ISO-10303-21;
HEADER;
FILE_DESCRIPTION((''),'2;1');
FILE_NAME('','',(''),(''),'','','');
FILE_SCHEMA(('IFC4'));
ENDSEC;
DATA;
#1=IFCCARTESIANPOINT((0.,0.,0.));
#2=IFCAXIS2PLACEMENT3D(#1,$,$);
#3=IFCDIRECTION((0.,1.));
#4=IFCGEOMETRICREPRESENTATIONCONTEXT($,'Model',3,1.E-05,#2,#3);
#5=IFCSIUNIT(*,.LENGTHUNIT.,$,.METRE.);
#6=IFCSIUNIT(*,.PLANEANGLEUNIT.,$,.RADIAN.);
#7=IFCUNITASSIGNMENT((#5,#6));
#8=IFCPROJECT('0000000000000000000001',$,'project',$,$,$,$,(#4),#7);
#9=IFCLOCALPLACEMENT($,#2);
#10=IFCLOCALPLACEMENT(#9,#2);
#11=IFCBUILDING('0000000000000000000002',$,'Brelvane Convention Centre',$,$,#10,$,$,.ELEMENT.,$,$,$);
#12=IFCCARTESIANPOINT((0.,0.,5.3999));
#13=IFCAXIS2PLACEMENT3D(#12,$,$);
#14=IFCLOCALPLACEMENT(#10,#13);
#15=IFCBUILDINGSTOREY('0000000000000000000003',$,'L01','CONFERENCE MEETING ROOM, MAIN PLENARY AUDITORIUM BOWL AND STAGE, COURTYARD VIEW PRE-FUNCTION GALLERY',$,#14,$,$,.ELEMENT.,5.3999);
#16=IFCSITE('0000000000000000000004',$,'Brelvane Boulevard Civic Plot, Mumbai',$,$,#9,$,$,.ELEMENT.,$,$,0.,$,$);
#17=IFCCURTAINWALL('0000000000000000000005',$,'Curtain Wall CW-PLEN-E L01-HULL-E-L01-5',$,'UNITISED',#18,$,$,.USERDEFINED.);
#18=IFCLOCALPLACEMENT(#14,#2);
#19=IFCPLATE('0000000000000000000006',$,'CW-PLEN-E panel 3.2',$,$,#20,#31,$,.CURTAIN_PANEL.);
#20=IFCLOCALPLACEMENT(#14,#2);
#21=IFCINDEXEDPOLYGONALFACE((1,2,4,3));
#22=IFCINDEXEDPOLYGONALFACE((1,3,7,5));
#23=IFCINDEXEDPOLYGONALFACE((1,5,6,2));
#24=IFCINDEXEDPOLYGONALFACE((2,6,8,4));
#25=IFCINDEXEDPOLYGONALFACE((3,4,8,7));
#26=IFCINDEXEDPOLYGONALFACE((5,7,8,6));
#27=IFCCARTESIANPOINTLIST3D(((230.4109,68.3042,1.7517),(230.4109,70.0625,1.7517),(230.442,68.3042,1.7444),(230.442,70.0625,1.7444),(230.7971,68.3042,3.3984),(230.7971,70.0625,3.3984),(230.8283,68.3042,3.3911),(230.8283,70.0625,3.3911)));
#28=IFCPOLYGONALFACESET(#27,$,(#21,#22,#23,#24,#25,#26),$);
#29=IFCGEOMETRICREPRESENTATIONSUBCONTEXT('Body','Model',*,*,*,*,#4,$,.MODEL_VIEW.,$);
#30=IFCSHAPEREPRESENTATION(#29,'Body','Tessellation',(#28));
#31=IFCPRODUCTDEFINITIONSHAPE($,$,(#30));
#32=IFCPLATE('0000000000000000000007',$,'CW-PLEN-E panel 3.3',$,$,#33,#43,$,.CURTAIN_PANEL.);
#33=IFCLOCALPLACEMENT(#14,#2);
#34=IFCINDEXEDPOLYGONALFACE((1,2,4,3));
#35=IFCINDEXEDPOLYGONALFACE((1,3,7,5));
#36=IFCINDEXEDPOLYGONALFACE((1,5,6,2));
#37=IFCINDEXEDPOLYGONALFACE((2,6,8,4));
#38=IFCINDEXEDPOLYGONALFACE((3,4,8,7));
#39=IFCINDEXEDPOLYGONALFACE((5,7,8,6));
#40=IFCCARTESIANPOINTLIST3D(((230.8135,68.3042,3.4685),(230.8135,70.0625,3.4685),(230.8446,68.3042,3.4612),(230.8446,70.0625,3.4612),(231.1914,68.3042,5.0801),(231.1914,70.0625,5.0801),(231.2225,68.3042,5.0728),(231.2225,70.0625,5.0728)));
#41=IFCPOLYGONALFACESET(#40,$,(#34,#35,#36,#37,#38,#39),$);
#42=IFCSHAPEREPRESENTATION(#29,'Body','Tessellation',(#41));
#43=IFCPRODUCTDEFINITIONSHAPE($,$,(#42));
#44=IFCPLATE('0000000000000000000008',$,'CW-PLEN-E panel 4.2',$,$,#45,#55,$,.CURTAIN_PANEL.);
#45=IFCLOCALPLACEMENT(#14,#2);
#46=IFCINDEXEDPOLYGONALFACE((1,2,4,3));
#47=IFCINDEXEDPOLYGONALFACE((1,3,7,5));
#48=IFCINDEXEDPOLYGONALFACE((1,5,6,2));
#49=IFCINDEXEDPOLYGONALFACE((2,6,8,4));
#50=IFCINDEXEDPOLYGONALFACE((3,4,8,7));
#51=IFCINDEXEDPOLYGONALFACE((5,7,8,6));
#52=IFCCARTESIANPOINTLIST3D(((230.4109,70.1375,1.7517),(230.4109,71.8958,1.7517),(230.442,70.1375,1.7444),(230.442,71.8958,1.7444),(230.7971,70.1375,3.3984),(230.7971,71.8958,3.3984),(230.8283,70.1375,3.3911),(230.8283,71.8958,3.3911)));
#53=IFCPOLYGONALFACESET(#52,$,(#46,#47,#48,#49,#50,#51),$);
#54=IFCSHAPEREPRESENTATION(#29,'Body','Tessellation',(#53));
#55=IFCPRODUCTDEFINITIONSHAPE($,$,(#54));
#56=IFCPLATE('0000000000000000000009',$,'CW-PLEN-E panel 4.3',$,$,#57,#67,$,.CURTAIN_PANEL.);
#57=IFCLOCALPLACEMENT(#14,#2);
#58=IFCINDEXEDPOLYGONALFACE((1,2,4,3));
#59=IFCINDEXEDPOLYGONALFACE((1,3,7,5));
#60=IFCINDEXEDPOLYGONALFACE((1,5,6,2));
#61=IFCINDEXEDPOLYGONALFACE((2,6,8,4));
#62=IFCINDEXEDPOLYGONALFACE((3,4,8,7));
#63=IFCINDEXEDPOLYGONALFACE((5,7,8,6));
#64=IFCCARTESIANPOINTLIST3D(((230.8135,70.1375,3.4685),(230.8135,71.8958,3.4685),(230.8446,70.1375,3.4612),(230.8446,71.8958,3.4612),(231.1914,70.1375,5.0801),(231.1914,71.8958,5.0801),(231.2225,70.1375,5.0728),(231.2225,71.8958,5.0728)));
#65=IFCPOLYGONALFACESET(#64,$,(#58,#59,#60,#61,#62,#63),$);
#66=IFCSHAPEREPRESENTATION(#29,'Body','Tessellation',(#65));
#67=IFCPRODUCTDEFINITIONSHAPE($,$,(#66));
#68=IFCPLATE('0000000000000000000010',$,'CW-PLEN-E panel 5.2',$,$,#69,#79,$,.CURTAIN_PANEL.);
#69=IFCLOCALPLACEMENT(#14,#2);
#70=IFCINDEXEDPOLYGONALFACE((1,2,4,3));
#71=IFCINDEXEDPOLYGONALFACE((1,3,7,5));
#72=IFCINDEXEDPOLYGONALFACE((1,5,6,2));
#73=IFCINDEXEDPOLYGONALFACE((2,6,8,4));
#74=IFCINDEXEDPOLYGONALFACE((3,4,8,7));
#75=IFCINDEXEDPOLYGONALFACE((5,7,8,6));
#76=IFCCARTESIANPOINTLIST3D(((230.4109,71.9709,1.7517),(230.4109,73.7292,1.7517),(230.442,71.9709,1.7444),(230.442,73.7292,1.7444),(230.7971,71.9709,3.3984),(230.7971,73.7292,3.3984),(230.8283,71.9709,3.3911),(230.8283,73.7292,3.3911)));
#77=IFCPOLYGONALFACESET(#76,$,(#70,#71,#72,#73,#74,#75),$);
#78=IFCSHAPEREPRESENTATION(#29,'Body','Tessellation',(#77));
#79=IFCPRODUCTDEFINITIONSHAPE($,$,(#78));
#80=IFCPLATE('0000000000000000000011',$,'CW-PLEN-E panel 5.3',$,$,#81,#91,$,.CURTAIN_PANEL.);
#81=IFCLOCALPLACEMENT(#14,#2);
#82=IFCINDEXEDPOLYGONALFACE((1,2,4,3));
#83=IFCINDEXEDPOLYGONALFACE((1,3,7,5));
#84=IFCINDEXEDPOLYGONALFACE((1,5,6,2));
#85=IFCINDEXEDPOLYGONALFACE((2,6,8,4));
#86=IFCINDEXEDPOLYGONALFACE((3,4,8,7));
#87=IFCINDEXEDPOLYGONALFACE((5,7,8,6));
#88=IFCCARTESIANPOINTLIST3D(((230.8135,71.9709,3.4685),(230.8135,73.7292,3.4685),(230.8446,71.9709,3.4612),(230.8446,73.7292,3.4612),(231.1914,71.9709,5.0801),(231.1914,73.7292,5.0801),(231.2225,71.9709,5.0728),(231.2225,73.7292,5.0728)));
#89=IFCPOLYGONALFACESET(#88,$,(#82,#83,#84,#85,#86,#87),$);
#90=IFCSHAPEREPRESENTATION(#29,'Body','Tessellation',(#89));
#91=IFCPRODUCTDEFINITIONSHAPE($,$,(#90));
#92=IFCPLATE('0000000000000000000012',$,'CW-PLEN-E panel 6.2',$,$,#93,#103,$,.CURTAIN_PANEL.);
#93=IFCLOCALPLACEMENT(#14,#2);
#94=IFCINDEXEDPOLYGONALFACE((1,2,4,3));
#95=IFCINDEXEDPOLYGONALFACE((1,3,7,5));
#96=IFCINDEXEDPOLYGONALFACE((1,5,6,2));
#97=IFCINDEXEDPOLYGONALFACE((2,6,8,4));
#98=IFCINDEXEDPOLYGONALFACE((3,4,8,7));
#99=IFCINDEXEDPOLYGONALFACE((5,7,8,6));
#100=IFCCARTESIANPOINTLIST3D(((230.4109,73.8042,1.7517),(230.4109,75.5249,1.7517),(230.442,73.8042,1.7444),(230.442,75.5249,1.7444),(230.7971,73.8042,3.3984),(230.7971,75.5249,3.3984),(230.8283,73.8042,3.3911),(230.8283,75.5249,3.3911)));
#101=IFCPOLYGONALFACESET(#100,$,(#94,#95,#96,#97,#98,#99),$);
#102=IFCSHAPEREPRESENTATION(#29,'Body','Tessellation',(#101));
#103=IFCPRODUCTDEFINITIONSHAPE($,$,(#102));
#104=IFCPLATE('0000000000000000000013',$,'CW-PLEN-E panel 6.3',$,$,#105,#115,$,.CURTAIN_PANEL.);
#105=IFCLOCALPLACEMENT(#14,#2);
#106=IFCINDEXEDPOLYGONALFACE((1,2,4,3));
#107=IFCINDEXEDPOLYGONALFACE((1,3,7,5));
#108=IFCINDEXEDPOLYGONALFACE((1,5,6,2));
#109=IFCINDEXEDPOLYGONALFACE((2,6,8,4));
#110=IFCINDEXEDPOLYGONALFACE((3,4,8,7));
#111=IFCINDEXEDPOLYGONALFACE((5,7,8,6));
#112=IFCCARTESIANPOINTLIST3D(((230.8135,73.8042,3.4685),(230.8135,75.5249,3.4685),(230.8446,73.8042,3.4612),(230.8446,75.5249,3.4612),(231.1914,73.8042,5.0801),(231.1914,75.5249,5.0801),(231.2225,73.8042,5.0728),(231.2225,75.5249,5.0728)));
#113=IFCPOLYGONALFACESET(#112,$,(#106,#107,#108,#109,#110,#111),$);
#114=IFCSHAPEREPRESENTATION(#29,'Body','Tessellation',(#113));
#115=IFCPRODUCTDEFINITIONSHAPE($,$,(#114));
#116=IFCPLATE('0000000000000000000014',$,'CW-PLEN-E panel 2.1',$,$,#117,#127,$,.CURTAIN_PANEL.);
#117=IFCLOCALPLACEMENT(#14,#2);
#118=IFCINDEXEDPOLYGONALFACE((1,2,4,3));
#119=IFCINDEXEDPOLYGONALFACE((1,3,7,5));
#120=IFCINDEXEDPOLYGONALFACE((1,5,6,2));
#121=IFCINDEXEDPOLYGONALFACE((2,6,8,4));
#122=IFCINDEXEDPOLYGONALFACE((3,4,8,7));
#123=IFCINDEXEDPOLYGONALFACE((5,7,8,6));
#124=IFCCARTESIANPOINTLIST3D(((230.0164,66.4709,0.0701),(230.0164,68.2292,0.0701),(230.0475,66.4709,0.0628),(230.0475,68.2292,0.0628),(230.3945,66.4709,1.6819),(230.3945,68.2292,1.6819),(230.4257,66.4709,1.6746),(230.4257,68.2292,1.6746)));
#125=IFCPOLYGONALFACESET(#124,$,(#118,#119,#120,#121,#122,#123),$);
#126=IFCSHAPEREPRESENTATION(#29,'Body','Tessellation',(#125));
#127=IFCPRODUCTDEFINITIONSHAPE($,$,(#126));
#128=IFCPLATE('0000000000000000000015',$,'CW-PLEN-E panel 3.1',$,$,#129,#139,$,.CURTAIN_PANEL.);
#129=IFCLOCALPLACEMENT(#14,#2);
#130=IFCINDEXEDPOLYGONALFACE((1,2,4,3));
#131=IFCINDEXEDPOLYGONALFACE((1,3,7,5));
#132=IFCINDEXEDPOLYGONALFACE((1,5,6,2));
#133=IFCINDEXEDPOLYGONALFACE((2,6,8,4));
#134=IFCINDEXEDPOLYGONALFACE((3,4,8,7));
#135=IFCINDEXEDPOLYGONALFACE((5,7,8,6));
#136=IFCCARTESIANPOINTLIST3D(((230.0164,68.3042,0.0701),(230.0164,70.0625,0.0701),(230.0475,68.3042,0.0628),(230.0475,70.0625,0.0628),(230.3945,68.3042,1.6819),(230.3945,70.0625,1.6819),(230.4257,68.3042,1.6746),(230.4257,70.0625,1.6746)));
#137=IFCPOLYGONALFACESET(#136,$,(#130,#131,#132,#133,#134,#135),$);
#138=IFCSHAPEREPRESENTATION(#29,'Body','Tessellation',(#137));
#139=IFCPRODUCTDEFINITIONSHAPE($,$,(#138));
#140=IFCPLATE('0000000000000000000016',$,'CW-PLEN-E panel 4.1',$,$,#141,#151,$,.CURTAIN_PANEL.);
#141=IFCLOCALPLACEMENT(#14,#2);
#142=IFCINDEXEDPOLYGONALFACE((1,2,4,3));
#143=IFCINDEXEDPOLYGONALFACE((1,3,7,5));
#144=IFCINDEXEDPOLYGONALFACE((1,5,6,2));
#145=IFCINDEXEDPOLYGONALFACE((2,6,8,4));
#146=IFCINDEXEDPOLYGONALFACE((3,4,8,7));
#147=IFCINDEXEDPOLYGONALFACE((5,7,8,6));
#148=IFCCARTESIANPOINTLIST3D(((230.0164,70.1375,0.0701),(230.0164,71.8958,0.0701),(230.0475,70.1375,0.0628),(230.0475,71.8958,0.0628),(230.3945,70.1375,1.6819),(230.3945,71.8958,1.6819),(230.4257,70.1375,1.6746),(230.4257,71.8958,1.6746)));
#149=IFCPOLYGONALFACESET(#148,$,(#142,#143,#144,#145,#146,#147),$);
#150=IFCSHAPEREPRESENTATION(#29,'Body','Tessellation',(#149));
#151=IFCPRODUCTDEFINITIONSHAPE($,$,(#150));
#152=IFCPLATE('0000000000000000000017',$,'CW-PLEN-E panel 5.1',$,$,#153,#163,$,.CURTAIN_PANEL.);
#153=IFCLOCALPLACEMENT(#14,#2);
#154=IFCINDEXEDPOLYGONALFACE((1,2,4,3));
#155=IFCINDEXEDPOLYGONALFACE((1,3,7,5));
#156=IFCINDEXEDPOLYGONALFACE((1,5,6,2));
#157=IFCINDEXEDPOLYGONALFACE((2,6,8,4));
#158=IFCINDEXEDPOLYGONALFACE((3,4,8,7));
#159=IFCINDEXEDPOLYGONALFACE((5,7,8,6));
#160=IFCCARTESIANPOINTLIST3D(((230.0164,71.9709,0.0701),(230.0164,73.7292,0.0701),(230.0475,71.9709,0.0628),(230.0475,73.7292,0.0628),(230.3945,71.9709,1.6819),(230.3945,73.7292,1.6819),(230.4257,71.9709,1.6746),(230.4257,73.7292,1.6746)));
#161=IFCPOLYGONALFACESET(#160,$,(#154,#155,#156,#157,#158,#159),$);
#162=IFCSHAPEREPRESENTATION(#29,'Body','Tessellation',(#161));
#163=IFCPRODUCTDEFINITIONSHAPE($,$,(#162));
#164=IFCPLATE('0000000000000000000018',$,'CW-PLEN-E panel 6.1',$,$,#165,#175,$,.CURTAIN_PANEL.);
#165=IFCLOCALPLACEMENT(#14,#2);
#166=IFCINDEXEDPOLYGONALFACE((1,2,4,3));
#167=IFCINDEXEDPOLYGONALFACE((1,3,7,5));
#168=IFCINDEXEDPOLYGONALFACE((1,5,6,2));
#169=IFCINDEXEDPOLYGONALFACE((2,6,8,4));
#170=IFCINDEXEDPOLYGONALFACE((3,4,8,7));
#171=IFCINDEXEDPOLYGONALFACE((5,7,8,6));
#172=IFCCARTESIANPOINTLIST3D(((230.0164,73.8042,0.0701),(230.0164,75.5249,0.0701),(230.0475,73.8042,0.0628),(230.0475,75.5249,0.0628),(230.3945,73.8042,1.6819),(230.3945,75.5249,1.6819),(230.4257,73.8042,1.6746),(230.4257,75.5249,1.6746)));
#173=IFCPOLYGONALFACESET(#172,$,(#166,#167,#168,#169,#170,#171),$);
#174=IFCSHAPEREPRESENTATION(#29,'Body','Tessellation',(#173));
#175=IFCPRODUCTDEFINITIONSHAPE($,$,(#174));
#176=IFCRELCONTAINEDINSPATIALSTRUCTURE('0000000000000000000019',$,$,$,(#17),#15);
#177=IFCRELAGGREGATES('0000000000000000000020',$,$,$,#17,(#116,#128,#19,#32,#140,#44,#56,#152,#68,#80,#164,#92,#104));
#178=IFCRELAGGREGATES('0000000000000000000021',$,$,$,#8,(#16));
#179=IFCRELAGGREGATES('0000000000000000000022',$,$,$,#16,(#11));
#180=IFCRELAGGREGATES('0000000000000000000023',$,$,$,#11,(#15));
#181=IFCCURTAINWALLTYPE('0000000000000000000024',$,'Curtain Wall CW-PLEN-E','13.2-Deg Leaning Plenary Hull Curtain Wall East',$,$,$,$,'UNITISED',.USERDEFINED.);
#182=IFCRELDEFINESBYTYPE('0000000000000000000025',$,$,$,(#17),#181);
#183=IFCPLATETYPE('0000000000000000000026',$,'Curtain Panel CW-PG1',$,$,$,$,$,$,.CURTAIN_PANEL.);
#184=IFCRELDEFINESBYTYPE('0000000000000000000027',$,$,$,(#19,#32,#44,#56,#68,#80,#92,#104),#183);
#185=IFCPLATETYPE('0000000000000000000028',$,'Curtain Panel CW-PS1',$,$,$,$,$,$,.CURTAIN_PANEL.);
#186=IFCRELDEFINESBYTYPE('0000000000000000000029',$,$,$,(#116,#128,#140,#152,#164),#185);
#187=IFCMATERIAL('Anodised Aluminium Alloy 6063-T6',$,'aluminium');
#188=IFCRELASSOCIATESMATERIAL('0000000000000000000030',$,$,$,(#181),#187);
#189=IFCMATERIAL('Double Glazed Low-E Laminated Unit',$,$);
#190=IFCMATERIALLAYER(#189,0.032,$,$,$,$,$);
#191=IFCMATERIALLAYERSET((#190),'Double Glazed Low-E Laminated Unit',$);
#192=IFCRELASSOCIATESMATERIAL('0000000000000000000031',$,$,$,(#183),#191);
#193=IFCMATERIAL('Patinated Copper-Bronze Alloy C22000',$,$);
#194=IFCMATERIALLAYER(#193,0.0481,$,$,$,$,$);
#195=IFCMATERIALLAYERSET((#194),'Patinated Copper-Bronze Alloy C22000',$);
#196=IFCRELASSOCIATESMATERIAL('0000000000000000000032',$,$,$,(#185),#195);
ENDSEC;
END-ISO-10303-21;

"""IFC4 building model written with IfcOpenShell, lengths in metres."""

from ifc_helpers import new_model, si_unit, direction, frame, origin, place, context, subcontext, project, spatial, polyline, outline, extrude, material, layer, layer_set, type_object, element, aggregate, save


model = new_model("IFC4")

# Units and contexts
model_context = context("Model", 3, precision=1e-05, world=origin(), true_north=direction((0.0, 1.0)))
body_context = subcontext(model_context, "Body", "Model", "MODEL_VIEW")
ifc_project = project(units=[si_unit("LENGTHUNIT", "METRE"), si_unit("PLANEANGLEUNIT", "RADIAN")], contexts=[model_context])

# Site, building, storey
site_placement = place(None, origin())
site = spatial("IfcSite", under=ifc_project, at=site_placement, Name="Brelvane Boulevard Civic Plot, Mumbai", CompositionType="ELEMENT", RefElevation=0.0)
building_placement = place(site_placement, origin())
building = spatial("IfcBuilding", under=site, at=building_placement, Name="Brelvane Convention Centre", CompositionType="ELEMENT")
storey_placement = place(building_placement, frame((0.0, 0.0, 5.3999)))
storey = spatial("IfcBuildingStorey", under=building, at=storey_placement, Name="L01", Description="CONFERENCE MEETING ROOM, MAIN PLENARY AUDITORIUM BOWL AND STAGE, COURTYARD VIEW PRE-FUNCTION GALLERY", CompositionType="ELEMENT", Elevation=5.3999)

# Curtain wall, plates
ifc_material_1 = material(Name="Anodised Aluminium Alloy 6063-T6", Category="aluminium")
curtain_wall_type = type_object("IfcCurtainWallType", Name="Curtain Wall CW-PLEN-E", Description="13.2-Deg Leaning Plenary Hull Curtain Wall East", ElementType="UNITISED", PredefinedType="USERDEFINED", material=ifc_material_1)
curtain_wall_placement = place(storey_placement, origin())
curtain_wall = element("IfcCurtainWall", 1, at=curtain_wall_placement, inside=storey, type_object=curtain_wall_type, Name="Curtain Wall CW-PLEN-E L01-HULL-E-L01-5", ObjectType="UNITISED", PredefinedType="USERDEFINED")
ifc_material_2 = material(Name="Double Glazed Low-E Laminated Unit")
ifc_layer_1 = layer(ifc_material_2, 0.032)
ifc_layer_set_1 = layer_set([ifc_layer_1], Name="Double Glazed Low-E Laminated Unit")
plate_type_1 = type_object("IfcPlateType", Name="Curtain Panel CW-PG1", PredefinedType="CURTAIN_PANEL", material=ifc_layer_set_1)
plate_1_placement = place(storey_placement, frame((230.4109, 68.3042, 1.7517), z_axis=(-0.97358, 0.0, 0.228347), x_axis=(0.0, 1.0, 0.0)))
plate_1 = element("IfcPlate", 2, at=plate_1_placement, type_object=plate_type_1, Name="CW-PLEN-E panel 3.2", PredefinedType="CURTAIN_PANEL", context=body_context, shape_type="SweptSolid", body=[
    extrude(outline(polyline([(0.0, 0.0), (1.7583, 0.0), (1.7583, -1.6914), (0.0, -1.6914), (0.0, 0.0)])), origin(), (0.0, 0.0, -1.0), 0.032),
])
plate_2_placement = place(storey_placement, frame((230.8135, 68.3042, 3.4685), z_axis=(-0.973587, 0.0, 0.228316), x_axis=(0.0, 1.0, 0.0)))
plate_2 = element("IfcPlate", 3, at=plate_2_placement, type_object=plate_type_1, Name="CW-PLEN-E panel 3.3", PredefinedType="CURTAIN_PANEL", context=body_context, shape_type="SweptSolid", body=[
    extrude(outline(polyline([(0.0, 0.0), (1.7583, 0.0), (1.7583, -1.6553), (0.0, -1.6553), (0.0, 0.0)])), origin(), (0.0, 0.0, -1.0), 0.032),
])
plate_3_placement = place(storey_placement, frame((230.4109, 70.1375, 1.7517), z_axis=(-0.97358, 0.0, 0.228347), x_axis=(0.0, 1.0, 0.0)))
plate_3 = element("IfcPlate", 4, at=plate_3_placement, type_object=plate_type_1, Name="CW-PLEN-E panel 4.2", PredefinedType="CURTAIN_PANEL", context=body_context, shape_type="SweptSolid", body=[
    extrude(outline(polyline([(0.0, 0.0), (1.7583, 0.0), (1.7583, -1.6914), (0.0, -1.6914), (0.0, 0.0)])), origin(), (0.0, 0.0, -1.0), 0.032),
])
plate_4_placement = place(storey_placement, frame((230.8135, 70.1375, 3.4685), z_axis=(-0.973587, 0.0, 0.228316), x_axis=(0.0, 1.0, 0.0)))
plate_4 = element("IfcPlate", 5, at=plate_4_placement, type_object=plate_type_1, Name="CW-PLEN-E panel 4.3", PredefinedType="CURTAIN_PANEL", context=body_context, shape_type="SweptSolid", body=[
    extrude(outline(polyline([(0.0, 0.0), (1.7583, 0.0), (1.7583, -1.6553), (0.0, -1.6553), (0.0, 0.0)])), origin(), (0.0, 0.0, -1.0), 0.032),
])
plate_5_placement = place(storey_placement, frame((230.4109, 71.9709, 1.7517), z_axis=(-0.97358, 0.0, 0.228347), x_axis=(0.0, 1.0, 0.0)))
plate_5 = element("IfcPlate", 6, at=plate_5_placement, type_object=plate_type_1, Name="CW-PLEN-E panel 5.2", PredefinedType="CURTAIN_PANEL", context=body_context, shape_type="SweptSolid", body=[
    extrude(outline(polyline([(0.0, 0.0), (1.7583, 0.0), (1.7583, -1.6914), (0.0, -1.6914), (0.0, 0.0)])), origin(), (0.0, 0.0, -1.0), 0.032),
])
plate_6_placement = place(storey_placement, frame((230.8135, 71.9709, 3.4685), z_axis=(-0.973587, 0.0, 0.228316), x_axis=(0.0, 1.0, 0.0)))
plate_6 = element("IfcPlate", 7, at=plate_6_placement, type_object=plate_type_1, Name="CW-PLEN-E panel 5.3", PredefinedType="CURTAIN_PANEL", context=body_context, shape_type="SweptSolid", body=[
    extrude(outline(polyline([(0.0, 0.0), (1.7583, 0.0), (1.7583, -1.6553), (0.0, -1.6553), (0.0, 0.0)])), origin(), (0.0, 0.0, -1.0), 0.032),
])
plate_7_placement = place(storey_placement, frame((230.4109, 73.8042, 1.7517), z_axis=(-0.97358, 0.0, 0.228347), x_axis=(0.0, 1.0, 0.0)))
plate_7 = element("IfcPlate", 8, at=plate_7_placement, type_object=plate_type_1, Name="CW-PLEN-E panel 6.2", PredefinedType="CURTAIN_PANEL", context=body_context, shape_type="SweptSolid", body=[
    extrude(outline(polyline([(0.0, 0.0), (1.7207, 0.0), (1.7207, -1.6914), (0.0, -1.6914), (0.0, 0.0)])), origin(), (0.0, 0.0, -1.0), 0.032),
])
plate_8_placement = place(storey_placement, frame((230.8135, 73.8042, 3.4685), z_axis=(-0.973587, 0.0, 0.228316), x_axis=(0.0, 1.0, 0.0)))
plate_8 = element("IfcPlate", 9, at=plate_8_placement, type_object=plate_type_1, Name="CW-PLEN-E panel 6.3", PredefinedType="CURTAIN_PANEL", context=body_context, shape_type="SweptSolid", body=[
    extrude(outline(polyline([(0.0, 0.0), (1.7207, 0.0), (1.7207, -1.6553), (0.0, -1.6553), (0.0, 0.0)])), origin(), (0.0, 0.0, -1.0), 0.032),
])
ifc_material_3 = material(Name="Patinated Copper-Bronze Alloy C22000")
ifc_layer_2 = layer(ifc_material_3, 0.0481)
ifc_layer_set_2 = layer_set([ifc_layer_2], Name="Patinated Copper-Bronze Alloy C22000")
plate_type_2 = type_object("IfcPlateType", Name="Curtain Panel CW-PS1", PredefinedType="CURTAIN_PANEL", material=ifc_layer_set_2)
plate_9_placement = place(storey_placement, frame((230.0164, 66.4709, 0.0701), z_axis=(-0.973562, 0.0, 0.228423), x_axis=(0.0, 1.0, 0.0)))
plate_9 = element("IfcPlate", 10, at=plate_9_placement, type_object=plate_type_2, Name="CW-PLEN-E panel 2.1", PredefinedType="CURTAIN_PANEL", context=body_context, shape_type="SweptSolid", body=[
    extrude(outline(polyline([(0.0, 0.0), (1.7583, 0.0), (1.7583, -1.6556), (0.0, -1.6556), (0.0, 0.0)])), origin(), (0.0, 0.0, -1.0), 0.032),
])
plate_10_placement = place(storey_placement, frame((230.0164, 68.3042, 0.0701), z_axis=(-0.973562, 0.0, 0.228423), x_axis=(0.0, 1.0, 0.0)))
plate_10 = element("IfcPlate", 11, at=plate_10_placement, type_object=plate_type_2, Name="CW-PLEN-E panel 3.1", PredefinedType="CURTAIN_PANEL", context=body_context, shape_type="SweptSolid", body=[
    extrude(outline(polyline([(0.0, 0.0), (1.7583, 0.0), (1.7583, -1.6556), (0.0, -1.6556), (0.0, 0.0)])), origin(), (0.0, 0.0, -1.0), 0.032),
])
plate_11_placement = place(storey_placement, frame((230.0164, 70.1375, 0.0701), z_axis=(-0.973562, 0.0, 0.228423), x_axis=(0.0, 1.0, 0.0)))
plate_11 = element("IfcPlate", 12, at=plate_11_placement, type_object=plate_type_2, Name="CW-PLEN-E panel 4.1", PredefinedType="CURTAIN_PANEL", context=body_context, shape_type="SweptSolid", body=[
    extrude(outline(polyline([(0.0, 0.0), (1.7583, 0.0), (1.7583, -1.6556), (0.0, -1.6556), (0.0, 0.0)])), origin(), (0.0, 0.0, -1.0), 0.032),
])
plate_12_placement = place(storey_placement, frame((230.0164, 71.9709, 0.0701), z_axis=(-0.973562, 0.0, 0.228423), x_axis=(0.0, 1.0, 0.0)))
plate_12 = element("IfcPlate", 13, at=plate_12_placement, type_object=plate_type_2, Name="CW-PLEN-E panel 5.1", PredefinedType="CURTAIN_PANEL", context=body_context, shape_type="SweptSolid", body=[
    extrude(outline(polyline([(0.0, 0.0), (1.7583, 0.0), (1.7583, -1.6556), (0.0, -1.6556), (0.0, 0.0)])), origin(), (0.0, 0.0, -1.0), 0.032),
])
plate_13_placement = place(storey_placement, frame((230.0164, 73.8042, 0.0701), z_axis=(-0.973562, 0.0, 0.228423), x_axis=(0.0, 1.0, 0.0)))
plate_13 = element("IfcPlate", 14, at=plate_13_placement, type_object=plate_type_2, Name="CW-PLEN-E panel 6.1", PredefinedType="CURTAIN_PANEL", context=body_context, shape_type="SweptSolid", body=[
    extrude(outline(polyline([(0.0, 0.0), (1.7207, 0.0), (1.7207, -1.6556), (0.0, -1.6556), (0.0, 0.0)])), origin(), (0.0, 0.0, -1.0), 0.032),
])
aggregate(curtain_wall, [plate_9, plate_10, plate_1, plate_2, plate_11, plate_3, plate_4, plate_12, plate_5, plate_6, plate_13, plate_7, plate_8])

save(model, "model.ifc")
